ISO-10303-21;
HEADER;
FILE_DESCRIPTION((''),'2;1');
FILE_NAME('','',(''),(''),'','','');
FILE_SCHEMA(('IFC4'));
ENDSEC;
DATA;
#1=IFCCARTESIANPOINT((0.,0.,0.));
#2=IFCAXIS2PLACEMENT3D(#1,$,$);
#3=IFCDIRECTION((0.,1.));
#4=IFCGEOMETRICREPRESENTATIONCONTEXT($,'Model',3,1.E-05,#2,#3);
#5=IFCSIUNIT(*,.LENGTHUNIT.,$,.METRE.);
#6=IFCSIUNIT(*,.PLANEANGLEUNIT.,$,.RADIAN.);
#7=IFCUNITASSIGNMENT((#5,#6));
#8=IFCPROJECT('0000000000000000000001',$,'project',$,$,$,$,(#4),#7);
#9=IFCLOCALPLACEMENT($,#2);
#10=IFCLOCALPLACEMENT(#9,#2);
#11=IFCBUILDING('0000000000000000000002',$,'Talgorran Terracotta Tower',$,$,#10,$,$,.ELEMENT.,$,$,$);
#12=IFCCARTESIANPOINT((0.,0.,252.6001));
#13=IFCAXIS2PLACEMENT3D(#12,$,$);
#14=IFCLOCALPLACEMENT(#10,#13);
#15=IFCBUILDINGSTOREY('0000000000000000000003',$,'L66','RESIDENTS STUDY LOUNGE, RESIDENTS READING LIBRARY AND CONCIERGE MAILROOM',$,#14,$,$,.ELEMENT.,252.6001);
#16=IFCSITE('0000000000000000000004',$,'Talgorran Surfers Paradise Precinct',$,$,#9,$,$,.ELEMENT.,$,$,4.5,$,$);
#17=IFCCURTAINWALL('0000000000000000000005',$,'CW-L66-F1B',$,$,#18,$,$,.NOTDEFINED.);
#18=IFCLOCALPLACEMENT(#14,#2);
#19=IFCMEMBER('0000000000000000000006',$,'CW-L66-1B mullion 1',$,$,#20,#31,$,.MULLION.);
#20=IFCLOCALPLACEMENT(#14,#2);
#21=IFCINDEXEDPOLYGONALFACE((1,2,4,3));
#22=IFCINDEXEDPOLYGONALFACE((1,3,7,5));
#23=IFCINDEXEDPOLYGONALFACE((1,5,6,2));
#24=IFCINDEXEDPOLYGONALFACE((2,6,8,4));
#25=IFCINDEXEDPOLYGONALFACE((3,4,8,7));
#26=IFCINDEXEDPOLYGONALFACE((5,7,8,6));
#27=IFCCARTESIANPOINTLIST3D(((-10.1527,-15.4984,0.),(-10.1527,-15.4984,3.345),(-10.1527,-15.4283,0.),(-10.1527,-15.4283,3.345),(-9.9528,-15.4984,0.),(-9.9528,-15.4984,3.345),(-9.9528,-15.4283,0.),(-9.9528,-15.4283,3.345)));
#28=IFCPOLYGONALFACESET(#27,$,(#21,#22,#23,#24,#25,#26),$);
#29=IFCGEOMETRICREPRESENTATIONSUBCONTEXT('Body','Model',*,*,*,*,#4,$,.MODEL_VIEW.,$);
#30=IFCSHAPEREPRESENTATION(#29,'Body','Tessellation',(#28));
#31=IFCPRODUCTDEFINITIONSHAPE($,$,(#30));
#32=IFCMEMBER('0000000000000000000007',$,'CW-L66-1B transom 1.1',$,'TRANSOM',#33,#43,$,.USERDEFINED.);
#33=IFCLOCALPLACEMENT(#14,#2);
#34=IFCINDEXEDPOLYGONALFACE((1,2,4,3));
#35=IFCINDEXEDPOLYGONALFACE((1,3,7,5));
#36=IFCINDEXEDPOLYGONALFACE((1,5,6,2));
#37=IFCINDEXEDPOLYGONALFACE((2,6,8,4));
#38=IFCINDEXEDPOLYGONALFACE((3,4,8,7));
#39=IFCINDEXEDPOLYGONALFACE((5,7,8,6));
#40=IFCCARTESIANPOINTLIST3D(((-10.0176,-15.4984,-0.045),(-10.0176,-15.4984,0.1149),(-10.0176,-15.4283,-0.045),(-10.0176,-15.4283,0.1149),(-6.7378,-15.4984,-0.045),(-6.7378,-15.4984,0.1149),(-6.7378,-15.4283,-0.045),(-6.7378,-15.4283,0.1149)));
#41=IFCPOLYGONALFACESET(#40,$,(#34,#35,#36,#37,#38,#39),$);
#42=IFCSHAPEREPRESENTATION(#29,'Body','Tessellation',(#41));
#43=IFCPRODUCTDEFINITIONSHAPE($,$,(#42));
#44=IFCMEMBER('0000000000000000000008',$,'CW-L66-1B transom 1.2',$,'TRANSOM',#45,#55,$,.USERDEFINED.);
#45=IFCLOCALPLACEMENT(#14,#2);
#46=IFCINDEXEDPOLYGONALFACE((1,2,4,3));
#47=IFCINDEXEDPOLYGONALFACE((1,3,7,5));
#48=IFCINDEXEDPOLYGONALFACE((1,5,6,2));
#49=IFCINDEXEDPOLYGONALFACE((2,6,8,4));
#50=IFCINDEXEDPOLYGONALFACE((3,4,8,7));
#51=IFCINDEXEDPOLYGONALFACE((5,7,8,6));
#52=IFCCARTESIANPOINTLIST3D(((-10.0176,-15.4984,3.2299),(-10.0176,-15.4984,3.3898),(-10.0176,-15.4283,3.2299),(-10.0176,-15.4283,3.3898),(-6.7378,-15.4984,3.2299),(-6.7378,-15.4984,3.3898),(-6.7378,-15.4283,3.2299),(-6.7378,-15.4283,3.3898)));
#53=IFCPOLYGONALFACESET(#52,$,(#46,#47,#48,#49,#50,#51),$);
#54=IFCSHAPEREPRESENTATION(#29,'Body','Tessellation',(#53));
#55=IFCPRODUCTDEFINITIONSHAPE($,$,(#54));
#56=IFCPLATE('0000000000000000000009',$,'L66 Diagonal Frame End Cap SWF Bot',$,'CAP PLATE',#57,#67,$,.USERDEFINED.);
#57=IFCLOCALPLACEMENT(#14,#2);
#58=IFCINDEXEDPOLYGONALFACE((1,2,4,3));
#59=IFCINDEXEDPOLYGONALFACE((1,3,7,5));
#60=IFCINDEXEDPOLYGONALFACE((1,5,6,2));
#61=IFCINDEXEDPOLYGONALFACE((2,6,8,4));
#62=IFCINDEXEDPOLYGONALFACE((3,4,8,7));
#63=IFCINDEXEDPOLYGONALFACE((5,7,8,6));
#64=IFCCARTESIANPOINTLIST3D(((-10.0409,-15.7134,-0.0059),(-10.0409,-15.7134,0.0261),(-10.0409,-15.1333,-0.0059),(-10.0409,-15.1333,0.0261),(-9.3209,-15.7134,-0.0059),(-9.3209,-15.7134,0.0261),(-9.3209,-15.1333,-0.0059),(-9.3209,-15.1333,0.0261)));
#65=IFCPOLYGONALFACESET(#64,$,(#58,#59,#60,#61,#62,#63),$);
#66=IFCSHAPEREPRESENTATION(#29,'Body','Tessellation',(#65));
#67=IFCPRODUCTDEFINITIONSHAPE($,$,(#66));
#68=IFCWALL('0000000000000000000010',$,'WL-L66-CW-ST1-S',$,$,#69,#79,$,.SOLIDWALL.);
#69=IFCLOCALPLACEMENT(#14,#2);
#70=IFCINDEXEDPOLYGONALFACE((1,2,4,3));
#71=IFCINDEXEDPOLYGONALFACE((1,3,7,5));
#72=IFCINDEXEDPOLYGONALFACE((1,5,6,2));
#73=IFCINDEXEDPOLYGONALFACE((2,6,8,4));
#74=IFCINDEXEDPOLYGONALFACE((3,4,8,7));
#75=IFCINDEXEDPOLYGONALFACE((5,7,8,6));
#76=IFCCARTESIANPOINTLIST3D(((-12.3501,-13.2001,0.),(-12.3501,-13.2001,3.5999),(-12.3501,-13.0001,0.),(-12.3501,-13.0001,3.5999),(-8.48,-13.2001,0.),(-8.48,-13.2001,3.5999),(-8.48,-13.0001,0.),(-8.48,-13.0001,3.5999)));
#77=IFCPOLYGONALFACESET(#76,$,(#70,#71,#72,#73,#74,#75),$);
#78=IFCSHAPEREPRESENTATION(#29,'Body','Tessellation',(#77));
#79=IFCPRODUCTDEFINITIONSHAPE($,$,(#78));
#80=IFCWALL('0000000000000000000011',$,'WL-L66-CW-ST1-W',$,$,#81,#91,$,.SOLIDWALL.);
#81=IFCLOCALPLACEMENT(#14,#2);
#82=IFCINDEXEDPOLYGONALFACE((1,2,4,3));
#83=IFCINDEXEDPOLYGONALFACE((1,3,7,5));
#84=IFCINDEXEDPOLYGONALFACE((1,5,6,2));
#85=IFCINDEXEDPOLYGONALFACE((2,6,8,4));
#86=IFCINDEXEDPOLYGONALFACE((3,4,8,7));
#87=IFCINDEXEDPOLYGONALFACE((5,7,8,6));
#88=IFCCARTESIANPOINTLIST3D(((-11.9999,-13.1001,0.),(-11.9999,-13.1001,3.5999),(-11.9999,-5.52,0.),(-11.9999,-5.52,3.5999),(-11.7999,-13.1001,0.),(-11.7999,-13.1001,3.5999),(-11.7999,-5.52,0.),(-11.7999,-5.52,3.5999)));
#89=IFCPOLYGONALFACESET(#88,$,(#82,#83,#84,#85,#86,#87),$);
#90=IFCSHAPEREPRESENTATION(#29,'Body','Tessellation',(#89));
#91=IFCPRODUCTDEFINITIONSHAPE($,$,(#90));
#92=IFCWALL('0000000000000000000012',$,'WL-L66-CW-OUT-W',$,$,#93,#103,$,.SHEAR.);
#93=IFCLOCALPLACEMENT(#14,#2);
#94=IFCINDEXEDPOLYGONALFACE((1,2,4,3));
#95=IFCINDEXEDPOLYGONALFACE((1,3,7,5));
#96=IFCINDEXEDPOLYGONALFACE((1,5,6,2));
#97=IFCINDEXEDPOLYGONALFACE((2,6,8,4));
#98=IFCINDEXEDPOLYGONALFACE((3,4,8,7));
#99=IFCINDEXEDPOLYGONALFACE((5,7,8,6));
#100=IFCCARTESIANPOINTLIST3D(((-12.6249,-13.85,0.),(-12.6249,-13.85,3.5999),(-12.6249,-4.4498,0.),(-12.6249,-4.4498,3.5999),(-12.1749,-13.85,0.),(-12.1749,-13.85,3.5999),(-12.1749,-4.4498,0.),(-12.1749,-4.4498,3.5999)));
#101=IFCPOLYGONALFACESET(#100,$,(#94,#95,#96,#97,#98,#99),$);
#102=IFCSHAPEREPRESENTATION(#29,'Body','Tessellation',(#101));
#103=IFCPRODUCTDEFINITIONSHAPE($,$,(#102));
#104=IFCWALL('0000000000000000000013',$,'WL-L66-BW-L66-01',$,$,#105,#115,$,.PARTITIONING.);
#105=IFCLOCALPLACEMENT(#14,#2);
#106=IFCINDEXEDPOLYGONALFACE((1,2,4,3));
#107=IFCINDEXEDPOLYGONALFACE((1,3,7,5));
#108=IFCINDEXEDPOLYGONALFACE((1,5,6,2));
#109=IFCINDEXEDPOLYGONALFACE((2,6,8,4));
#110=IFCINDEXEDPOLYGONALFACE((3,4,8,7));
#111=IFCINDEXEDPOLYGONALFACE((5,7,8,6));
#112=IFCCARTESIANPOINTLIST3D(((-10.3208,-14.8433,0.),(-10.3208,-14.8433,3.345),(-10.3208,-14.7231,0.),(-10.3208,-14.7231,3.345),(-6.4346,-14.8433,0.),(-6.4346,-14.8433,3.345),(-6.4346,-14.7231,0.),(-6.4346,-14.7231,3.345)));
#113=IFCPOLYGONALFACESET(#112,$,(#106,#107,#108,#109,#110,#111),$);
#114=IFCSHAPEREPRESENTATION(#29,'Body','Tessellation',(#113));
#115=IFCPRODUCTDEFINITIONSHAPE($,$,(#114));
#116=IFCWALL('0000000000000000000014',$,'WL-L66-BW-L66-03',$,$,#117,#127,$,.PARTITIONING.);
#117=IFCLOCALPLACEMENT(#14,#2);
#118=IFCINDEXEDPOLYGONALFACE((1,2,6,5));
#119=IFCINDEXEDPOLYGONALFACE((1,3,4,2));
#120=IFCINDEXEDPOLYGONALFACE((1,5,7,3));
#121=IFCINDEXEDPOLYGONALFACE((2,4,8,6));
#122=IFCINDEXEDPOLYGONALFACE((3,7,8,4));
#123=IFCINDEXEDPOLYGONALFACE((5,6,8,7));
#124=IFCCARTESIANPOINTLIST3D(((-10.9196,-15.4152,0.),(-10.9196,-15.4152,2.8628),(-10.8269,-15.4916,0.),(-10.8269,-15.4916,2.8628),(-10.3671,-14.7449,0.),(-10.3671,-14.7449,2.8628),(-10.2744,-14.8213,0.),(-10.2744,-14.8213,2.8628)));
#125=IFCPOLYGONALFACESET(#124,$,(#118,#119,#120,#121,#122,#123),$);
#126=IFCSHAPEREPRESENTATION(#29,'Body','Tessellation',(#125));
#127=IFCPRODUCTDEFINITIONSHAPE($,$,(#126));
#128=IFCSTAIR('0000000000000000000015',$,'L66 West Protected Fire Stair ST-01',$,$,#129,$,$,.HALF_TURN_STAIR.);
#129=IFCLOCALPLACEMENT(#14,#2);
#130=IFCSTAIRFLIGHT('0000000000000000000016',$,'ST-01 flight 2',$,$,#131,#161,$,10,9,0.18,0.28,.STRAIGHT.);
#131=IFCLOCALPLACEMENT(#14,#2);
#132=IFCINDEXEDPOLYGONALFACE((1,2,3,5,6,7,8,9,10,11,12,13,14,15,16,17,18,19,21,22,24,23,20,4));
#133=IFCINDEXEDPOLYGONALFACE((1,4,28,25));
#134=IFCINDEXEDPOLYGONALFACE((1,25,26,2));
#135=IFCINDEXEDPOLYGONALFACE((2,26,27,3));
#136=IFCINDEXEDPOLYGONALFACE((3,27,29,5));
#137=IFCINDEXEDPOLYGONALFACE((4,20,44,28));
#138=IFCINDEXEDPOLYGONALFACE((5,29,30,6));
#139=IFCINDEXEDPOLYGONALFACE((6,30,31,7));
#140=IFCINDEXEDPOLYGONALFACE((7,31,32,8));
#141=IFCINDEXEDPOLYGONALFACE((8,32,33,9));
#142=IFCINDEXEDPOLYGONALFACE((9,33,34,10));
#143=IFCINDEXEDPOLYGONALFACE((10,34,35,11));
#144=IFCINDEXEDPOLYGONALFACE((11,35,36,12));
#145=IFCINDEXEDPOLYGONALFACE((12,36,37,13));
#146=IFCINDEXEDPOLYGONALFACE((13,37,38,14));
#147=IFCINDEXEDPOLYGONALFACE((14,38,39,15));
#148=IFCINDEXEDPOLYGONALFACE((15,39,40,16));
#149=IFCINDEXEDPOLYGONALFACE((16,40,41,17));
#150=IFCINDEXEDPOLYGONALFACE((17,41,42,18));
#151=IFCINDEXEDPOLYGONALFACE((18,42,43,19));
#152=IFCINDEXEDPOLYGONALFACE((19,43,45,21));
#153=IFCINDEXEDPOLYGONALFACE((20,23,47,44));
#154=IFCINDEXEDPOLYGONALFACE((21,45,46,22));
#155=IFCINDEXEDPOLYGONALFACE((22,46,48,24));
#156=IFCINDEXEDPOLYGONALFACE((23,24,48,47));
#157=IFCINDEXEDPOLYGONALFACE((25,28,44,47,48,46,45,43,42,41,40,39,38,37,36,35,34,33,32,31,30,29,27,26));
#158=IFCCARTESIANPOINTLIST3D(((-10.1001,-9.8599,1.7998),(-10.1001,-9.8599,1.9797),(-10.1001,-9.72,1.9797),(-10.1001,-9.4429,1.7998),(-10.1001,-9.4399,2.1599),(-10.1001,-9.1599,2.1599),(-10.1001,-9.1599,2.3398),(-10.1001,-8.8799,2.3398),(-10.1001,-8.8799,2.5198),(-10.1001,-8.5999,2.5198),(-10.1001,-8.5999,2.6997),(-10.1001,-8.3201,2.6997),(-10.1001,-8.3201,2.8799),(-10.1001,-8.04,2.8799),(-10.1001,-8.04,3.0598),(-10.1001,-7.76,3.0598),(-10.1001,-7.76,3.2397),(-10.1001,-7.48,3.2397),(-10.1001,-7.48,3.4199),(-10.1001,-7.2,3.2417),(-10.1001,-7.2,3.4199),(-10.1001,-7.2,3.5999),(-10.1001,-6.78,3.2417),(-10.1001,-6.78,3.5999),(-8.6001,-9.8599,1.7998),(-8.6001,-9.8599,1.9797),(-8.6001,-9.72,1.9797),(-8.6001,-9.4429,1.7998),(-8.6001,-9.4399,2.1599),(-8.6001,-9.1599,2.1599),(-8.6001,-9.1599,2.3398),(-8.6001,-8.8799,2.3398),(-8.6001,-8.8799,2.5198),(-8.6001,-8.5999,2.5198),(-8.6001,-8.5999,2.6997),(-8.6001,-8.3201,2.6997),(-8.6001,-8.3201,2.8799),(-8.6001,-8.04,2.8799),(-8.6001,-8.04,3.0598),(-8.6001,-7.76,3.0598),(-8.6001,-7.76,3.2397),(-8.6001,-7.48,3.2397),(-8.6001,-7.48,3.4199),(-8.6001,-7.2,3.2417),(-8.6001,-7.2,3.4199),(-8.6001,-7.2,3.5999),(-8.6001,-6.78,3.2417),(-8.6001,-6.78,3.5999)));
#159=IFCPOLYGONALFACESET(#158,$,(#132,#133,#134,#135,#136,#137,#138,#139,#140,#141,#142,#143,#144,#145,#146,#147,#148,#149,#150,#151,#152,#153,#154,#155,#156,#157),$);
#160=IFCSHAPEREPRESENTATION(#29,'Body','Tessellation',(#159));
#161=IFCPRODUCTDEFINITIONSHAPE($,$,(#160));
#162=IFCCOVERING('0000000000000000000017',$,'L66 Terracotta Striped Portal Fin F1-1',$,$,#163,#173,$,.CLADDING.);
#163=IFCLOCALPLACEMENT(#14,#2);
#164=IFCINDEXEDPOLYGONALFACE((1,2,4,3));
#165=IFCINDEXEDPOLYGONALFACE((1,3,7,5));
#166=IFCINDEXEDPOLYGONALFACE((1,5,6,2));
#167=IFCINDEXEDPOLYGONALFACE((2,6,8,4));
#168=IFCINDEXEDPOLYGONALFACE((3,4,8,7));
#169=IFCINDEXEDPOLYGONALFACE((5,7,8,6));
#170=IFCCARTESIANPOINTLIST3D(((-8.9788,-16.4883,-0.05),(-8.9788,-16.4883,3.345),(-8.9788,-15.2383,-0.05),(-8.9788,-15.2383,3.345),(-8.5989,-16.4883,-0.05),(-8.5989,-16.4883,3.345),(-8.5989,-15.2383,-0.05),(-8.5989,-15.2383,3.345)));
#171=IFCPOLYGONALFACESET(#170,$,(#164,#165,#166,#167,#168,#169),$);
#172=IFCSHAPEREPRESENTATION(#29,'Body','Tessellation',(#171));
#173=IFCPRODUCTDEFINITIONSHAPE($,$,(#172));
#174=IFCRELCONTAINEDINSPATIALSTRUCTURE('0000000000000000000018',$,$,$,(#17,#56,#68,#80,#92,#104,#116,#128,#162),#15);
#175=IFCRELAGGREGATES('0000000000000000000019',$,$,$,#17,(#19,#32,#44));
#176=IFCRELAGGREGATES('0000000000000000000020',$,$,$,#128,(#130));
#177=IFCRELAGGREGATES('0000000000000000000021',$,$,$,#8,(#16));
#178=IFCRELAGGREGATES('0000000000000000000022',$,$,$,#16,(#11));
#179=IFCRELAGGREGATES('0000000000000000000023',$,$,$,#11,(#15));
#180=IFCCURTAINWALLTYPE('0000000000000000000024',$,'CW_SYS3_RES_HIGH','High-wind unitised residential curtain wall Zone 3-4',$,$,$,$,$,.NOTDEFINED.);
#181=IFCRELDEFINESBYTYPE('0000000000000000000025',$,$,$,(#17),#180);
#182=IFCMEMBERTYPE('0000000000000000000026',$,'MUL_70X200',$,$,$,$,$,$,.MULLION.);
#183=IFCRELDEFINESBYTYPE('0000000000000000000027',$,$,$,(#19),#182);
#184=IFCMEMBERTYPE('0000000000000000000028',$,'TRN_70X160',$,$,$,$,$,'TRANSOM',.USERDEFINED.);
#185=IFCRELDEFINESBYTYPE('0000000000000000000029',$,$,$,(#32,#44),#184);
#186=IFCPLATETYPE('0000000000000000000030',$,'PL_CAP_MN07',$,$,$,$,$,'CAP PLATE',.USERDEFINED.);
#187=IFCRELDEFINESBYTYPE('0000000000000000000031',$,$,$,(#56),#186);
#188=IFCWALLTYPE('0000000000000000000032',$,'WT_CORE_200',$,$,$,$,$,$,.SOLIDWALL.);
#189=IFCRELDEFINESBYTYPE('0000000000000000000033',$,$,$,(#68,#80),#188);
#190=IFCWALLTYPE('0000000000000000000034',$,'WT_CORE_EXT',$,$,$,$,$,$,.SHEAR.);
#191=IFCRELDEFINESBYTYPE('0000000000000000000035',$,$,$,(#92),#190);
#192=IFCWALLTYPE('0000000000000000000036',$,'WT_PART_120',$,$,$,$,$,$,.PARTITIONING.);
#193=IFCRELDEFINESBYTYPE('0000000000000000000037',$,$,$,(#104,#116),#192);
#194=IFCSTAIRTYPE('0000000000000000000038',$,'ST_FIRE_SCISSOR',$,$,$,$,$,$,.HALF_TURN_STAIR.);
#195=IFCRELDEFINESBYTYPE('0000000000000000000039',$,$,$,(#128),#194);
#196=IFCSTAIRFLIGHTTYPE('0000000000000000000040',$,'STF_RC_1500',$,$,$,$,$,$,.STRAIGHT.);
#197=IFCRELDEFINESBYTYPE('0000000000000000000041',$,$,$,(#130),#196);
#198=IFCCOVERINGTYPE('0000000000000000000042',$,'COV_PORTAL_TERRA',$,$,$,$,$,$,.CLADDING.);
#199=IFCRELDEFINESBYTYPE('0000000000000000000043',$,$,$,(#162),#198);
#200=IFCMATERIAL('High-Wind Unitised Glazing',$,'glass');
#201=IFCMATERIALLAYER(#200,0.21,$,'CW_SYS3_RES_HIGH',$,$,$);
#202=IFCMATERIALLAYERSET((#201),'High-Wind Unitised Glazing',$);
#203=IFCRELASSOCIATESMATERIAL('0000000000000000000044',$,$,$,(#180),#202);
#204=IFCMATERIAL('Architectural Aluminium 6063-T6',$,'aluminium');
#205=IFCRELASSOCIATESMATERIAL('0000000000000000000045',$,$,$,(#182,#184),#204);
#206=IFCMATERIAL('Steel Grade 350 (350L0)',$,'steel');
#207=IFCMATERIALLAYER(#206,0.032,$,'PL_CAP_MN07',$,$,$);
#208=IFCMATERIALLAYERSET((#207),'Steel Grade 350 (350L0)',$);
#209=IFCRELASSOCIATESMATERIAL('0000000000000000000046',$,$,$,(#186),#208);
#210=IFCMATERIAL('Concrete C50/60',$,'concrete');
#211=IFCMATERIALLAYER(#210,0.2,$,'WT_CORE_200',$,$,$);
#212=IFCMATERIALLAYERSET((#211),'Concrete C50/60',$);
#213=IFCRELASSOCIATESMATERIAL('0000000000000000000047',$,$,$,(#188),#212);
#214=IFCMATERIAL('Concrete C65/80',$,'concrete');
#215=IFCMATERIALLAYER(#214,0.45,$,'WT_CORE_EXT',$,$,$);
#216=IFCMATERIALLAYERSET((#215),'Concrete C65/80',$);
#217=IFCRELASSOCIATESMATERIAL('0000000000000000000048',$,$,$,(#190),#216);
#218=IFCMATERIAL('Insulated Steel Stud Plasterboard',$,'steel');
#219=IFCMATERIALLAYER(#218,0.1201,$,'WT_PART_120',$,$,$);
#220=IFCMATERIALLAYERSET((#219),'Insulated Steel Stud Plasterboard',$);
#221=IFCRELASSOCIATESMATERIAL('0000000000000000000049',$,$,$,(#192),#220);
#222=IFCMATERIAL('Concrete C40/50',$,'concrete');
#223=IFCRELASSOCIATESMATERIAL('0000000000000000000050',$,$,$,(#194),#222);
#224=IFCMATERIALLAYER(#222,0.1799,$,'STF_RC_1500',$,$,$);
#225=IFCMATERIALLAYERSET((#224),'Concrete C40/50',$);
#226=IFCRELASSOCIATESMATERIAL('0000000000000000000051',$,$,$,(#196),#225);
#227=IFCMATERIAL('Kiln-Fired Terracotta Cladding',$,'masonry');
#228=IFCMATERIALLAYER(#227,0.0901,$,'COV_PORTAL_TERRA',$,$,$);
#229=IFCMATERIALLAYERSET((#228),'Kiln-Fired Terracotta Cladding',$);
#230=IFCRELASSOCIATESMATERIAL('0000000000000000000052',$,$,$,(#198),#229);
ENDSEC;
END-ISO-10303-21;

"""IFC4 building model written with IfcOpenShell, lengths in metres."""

from ifc_helpers import new_model, si_unit, direction, frame, frame_2d, origin, origin_2d, place, context, subcontext, project, spatial, polyline, rectangle, outline, extrude, material, layer, layer_set, material_profile, profile_set, type_object, element, aggregate, save


model = new_model("IFC4")

# Units and contexts
model_context = context("Model", 3, precision=1e-05, world=origin(), true_north=direction((0.0, 1.0)))
body_context = subcontext(model_context, "Body", "Model", "MODEL_VIEW")
ifc_project = project(units=[si_unit("LENGTHUNIT", "METRE"), si_unit("PLANEANGLEUNIT", "RADIAN")], contexts=[model_context])

# Site, building, storey
site_placement = place(None, origin())
site = spatial("IfcSite", under=ifc_project, at=site_placement, Name="Talgorran Surfers Paradise Precinct", CompositionType="ELEMENT", RefElevation=4.5)
building_placement = place(site_placement, origin())
building = spatial("IfcBuilding", under=site, at=building_placement, Name="Talgorran Terracotta Tower", CompositionType="ELEMENT")
storey_placement = place(building_placement, frame((0.0, 0.0, 252.6001)))
storey = spatial("IfcBuildingStorey", under=building, at=storey_placement, Name="L66", Description="RESIDENTS STUDY LOUNGE, RESIDENTS READING LIBRARY AND CONCIERGE MAILROOM", CompositionType="ELEMENT", Elevation=252.6001)

# Shared definitions
ifc_material_1 = material(Name="Steel Grade 350 (350L0)", Category="steel")

# Shared definitions
ifc_material_2 = material(Name="High-Wind Unitised Glazing", Category="glass")
ifc_layer_1 = layer(ifc_material_2, 0.21, Name="CW_SYS3_RES_HIGH")
ifc_layer_set_1 = layer_set([ifc_layer_1], Name="High-Wind Unitised Glazing")
curtain_wall_type = type_object("IfcCurtainWallType", Name="CW_SYS3_RES_HIGH", Description="High-wind unitised residential curtain wall Zone 3-4", PredefinedType="NOTDEFINED", material=ifc_layer_set_1)
ifc_material_3 = material(Name="Architectural Aluminium 6063-T6", Category="aluminium")
ifc_material_profile_1 = material_profile(ifc_material_3, rectangle(XDim=0.0701, YDim=0.2, at=origin_2d()), Name="CWM70X200")
ifc_profile_set_1 = profile_set([ifc_material_profile_1], Name="Architectural Aluminium 6063-T6")
member_type_1 = type_object("IfcMemberType", Name="MUL_70X200", PredefinedType="MULLION", material=ifc_profile_set_1)

# Curtain wall, members
curtain_wall_1_placement = place(storey_placement, origin())
curtain_wall_1 = element("IfcCurtainWall", 1, at=curtain_wall_1_placement, inside=storey, type_object=curtain_wall_type, Name="CW-L66-F1B", PredefinedType="NOTDEFINED")
member_1_placement = place(storey_placement, frame((-10.0527, -15.4634, 0.0), z_axis=(0.0, 0.0, 1.0), x_axis=(0.0, 1.0, 0.0)))
member_1 = element("IfcMember", 2, at=member_1_placement, type_object=member_type_1, Name="CW-L66-1B mullion 1", PredefinedType="MULLION", context=body_context, shape_type="SweptSolid", body=[
    extrude(rectangle(XDim=0.0701, YDim=0.2, at=origin_2d()), origin(), (0.0, 0.0, 1.0), 3.345),
])
ifc_material_profile_2 = material_profile(ifc_material_3, rectangle(XDim=0.0701, YDim=0.1599, at=origin_2d()), Name="CWT70X160")
ifc_profile_set_2 = profile_set([ifc_material_profile_2], Name="Architectural Aluminium 6063-T6")
member_type_2 = type_object("IfcMemberType", Name="TRN_70X160", ElementType="TRANSOM", PredefinedType="USERDEFINED", material=ifc_profile_set_2)
member_2_placement = place(storey_placement, frame((-10.0176, -15.4634, 0.0349), z_axis=(1.0, 0.0, 0.0), x_axis=(0.0, 1.0, 0.0)))
member_2 = element("IfcMember", 3, at=member_2_placement, type_object=member_type_2, Name="CW-L66-1B transom 1.1", ObjectType="TRANSOM", PredefinedType="USERDEFINED", context=body_context, shape_type="SweptSolid", body=[
    extrude(rectangle(XDim=0.0701, YDim=0.1599, at=origin_2d()), origin(), (0.0, 0.0, 1.0), 3.2798),
])
member_3_placement = place(storey_placement, frame((-10.0176, -15.4634, 3.3098), z_axis=(1.0, 0.0, 0.0), x_axis=(0.0, 1.0, 0.0)))
member_3 = element("IfcMember", 4, at=member_3_placement, type_object=member_type_2, Name="CW-L66-1B transom 1.2", ObjectType="TRANSOM", PredefinedType="USERDEFINED", context=body_context, shape_type="SweptSolid", body=[
    extrude(rectangle(XDim=0.0701, YDim=0.1599, at=origin_2d()), origin(), (0.0, 0.0, 1.0), 3.2798),
])
aggregate(curtain_wall_1, [member_1, member_2, member_3])

# Plate
ifc_layer_2 = layer(ifc_material_1, 0.032, Name="PL_CAP_MN07")
ifc_layer_set_2 = layer_set([ifc_layer_2], Name="Steel Grade 350 (350L0)")
plate_type = type_object("IfcPlateType", Name="PL_CAP_MN07", ElementType="CAP PLATE", PredefinedType="USERDEFINED", material=ifc_layer_set_2)
plate_placement = place(storey_placement, frame((-9.6809, -15.4233, -0.0059), z_axis=(0.0, 0.0, 1.0), x_axis=(1.0, 0.0, 0.0)))
element("IfcPlate", 5, at=plate_placement, inside=storey, type_object=plate_type, Name="L66 Diagonal Frame End Cap SWF Bot", ObjectType="CAP PLATE", PredefinedType="USERDEFINED", context=body_context, shape_type="SweptSolid", body=[
    extrude(rectangle(XDim=0.72, YDim=0.5801, at=origin_2d()), origin(), (0.0, 0.0, 1.0), 0.032),
])

# Walls
ifc_material_4 = material(Name="Concrete C50/60", Category="concrete")
ifc_layer_3 = layer(ifc_material_4, 0.2, Name="WT_CORE_200")
ifc_layer_set_3 = layer_set([ifc_layer_3], Name="Concrete C50/60")
wall_type_1 = type_object("IfcWallType", Name="WT_CORE_200", PredefinedType="SOLIDWALL", material=ifc_layer_set_3)
wall_1_placement = place(storey_placement, frame((-12.3501, -13.1001, 0.0), z_axis=(0.0, 0.0, 1.0), x_axis=(1.0, 0.0, 0.0)))
element("IfcWall", 6, at=wall_1_placement, inside=storey, type_object=wall_type_1, Name="WL-L66-CW-ST1-S", PredefinedType="SOLIDWALL", context=body_context, shape_type="SweptSolid", body=[
    extrude(rectangle(XDim=3.8701, YDim=0.2, at=frame_2d((1.9351, 0.0))), origin(), (0.0, 0.0, 1.0), 3.5999),
])
wall_2_placement = place(storey_placement, frame((-11.8999, -13.1001, 0.0), z_axis=(0.0, 0.0, 1.0), x_axis=(0.0, 1.0, 0.0)))
element("IfcWall", 7, at=wall_2_placement, inside=storey, type_object=wall_type_1, Name="WL-L66-CW-ST1-W", PredefinedType="SOLIDWALL", context=body_context, shape_type="SweptSolid", body=[
    extrude(rectangle(XDim=7.5801, YDim=0.2, at=frame_2d((3.79, 0.0))), origin(), (0.0, 0.0, 1.0), 3.5999),
])
ifc_material_5 = material(Name="Concrete C65/80", Category="concrete")
ifc_layer_4 = layer(ifc_material_5, 0.45, Name="WT_CORE_EXT")
ifc_layer_set_4 = layer_set([ifc_layer_4], Name="Concrete C65/80")
wall_type_2 = type_object("IfcWallType", Name="WT_CORE_EXT", PredefinedType="SHEAR", material=ifc_layer_set_4)
wall_3_placement = place(storey_placement, frame((-12.3999, -13.8501, 0.0), z_axis=(0.0, 0.0, 1.0), x_axis=(0.0, 1.0, 0.0)))
element("IfcWall", 8, at=wall_3_placement, inside=storey, type_object=wall_type_2, Name="WL-L66-CW-OUT-W", PredefinedType="SHEAR", context=body_context, shape_type="SweptSolid", body=[
    extrude(rectangle(XDim=9.4001, YDim=0.45, at=frame_2d((4.7002, 0.0))), origin(), (0.0, 0.0, 1.0), 3.5999),
])
ifc_material_6 = material(Name="Insulated Steel Stud Plasterboard", Category="steel")
ifc_layer_5 = layer(ifc_material_6, 0.1201, Name="WT_PART_120")
ifc_layer_set_5 = layer_set([ifc_layer_5], Name="Insulated Steel Stud Plasterboard")
wall_type_3 = type_object("IfcWallType", Name="WT_PART_120", PredefinedType="PARTITIONING", material=ifc_layer_set_5)
wall_4_placement = place(storey_placement, frame((-10.3208, -14.7832, 0.0), z_axis=(0.0, 0.0, 1.0), x_axis=(1.0, 0.0, 0.0)))
element("IfcWall", 9, at=wall_4_placement, inside=storey, type_object=wall_type_3, Name="WL-L66-BW-L66-01", PredefinedType="PARTITIONING", context=body_context, shape_type="SweptSolid", body=[
    extrude(rectangle(XDim=3.8862, YDim=0.1201, at=frame_2d((1.9431, 0.0))), origin(), (0.0, 0.0, 1.0), 3.345),
])
wall_5_placement = place(storey_placement, frame((-10.8733, -15.4534, 0.0), z_axis=(0.0, 0.0, 1.0), x_axis=(0.636111, 0.771597, 0.0)))
element("IfcWall", 10, at=wall_5_placement, inside=storey, type_object=wall_type_3, Name="WL-L66-BW-L66-03", PredefinedType="PARTITIONING", context=body_context, shape_type="SweptSolid", body=[
    extrude(rectangle(XDim=0.8687, YDim=0.1201, at=frame_2d((0.4343, 0.0))), origin(), (0.0, 0.0, 1.0), 2.8628),
])

# Stair, stair flight
ifc_material_7 = material(Name="Concrete C40/50", Category="concrete")
stair_type = type_object("IfcStairType", Name="ST_FIRE_SCISSOR", PredefinedType="HALF_TURN_STAIR", material=ifc_material_7)
stair_placement = place(storey_placement, origin())
stair = element("IfcStair", 11, at=stair_placement, inside=storey, type_object=stair_type, Name="L66 West Protected Fire Stair ST-01", PredefinedType="HALF_TURN_STAIR")
ifc_layer_6 = layer(ifc_material_7, 0.1799, Name="STF_RC_1500")
ifc_layer_set_6 = layer_set([ifc_layer_6], Name="Concrete C40/50")
stair_flight_type = type_object("IfcStairFlightType", Name="STF_RC_1500", PredefinedType="STRAIGHT", material=ifc_layer_set_6)
stair_flight_placement = place(storey_placement, frame((-9.3501, -9.72, 1.7998), z_axis=(0.0, 0.0, 1.0), x_axis=(0.0, 1.0, 0.0)))
stair_flight = element("IfcStairFlight", 12, at=stair_flight_placement, type_object=stair_flight_type, Name="ST-01 flight 2", NumberOfRisers=10, NumberOfTreads=9, PredefinedType="STRAIGHT", RiserHeight=0.18, TreadLength=0.28, context=body_context, shape_type="SweptSolid", body=[
    extrude(outline(polyline([(-0.1399, 0.0), (-0.1399, 0.1799), (0.0, 0.1799), (0.28, 0.3601), (0.5601, 0.3601), (0.5601, 0.54), (0.8401, 0.54), (0.8401, 0.72), (1.1201, 0.72), (1.1201, 0.8999), (1.3999, 0.8999), (1.3999, 1.0801), (1.6799, 1.0801), (1.6799, 1.26), (1.96, 1.26), (1.96, 1.4399), (2.24, 1.4399), (2.24, 1.6201), (2.52, 1.6201), (2.52, 1.8), (2.9399, 1.8), (2.9399, 1.4419), (2.52, 1.4419), (0.2771, 0.0), (-0.1399, 0.0)])), frame((0.0, 0.75, 0.0), z_axis=(0.0, -1.0, 0.0), x_axis=(1.0, 0.0, 0.0)), (0.0, 0.0, 1.0), 1.5),
])
aggregate(stair, [stair_flight])

# Covering
ifc_material_8 = material(Name="Kiln-Fired Terracotta Cladding", Category="masonry")
ifc_layer_7 = layer(ifc_material_8, 0.0901, Name="COV_PORTAL_TERRA")
ifc_layer_set_7 = layer_set([ifc_layer_7], Name="Kiln-Fired Terracotta Cladding")
covering_type = type_object("IfcCoveringType", Name="COV_PORTAL_TERRA", PredefinedType="CLADDING", material=ifc_layer_set_7)
covering_placement = place(storey_placement, frame((-8.7888, -15.8633, -0.05), z_axis=(0.0, 0.0, 1.0), x_axis=(1.0, 0.0, 0.0)))
element("IfcCovering", 13, at=covering_placement, inside=storey, type_object=covering_type, Name="L66 Terracotta Striped Portal Fin F1-1", PredefinedType="CLADDING", context=body_context, shape_type="SweptSolid", body=[
    extrude(rectangle(XDim=0.3799, YDim=1.25, at=origin_2d()), origin(), (0.0, 0.0, 1.0), 3.395),
])

save(model, "model.ifc")
